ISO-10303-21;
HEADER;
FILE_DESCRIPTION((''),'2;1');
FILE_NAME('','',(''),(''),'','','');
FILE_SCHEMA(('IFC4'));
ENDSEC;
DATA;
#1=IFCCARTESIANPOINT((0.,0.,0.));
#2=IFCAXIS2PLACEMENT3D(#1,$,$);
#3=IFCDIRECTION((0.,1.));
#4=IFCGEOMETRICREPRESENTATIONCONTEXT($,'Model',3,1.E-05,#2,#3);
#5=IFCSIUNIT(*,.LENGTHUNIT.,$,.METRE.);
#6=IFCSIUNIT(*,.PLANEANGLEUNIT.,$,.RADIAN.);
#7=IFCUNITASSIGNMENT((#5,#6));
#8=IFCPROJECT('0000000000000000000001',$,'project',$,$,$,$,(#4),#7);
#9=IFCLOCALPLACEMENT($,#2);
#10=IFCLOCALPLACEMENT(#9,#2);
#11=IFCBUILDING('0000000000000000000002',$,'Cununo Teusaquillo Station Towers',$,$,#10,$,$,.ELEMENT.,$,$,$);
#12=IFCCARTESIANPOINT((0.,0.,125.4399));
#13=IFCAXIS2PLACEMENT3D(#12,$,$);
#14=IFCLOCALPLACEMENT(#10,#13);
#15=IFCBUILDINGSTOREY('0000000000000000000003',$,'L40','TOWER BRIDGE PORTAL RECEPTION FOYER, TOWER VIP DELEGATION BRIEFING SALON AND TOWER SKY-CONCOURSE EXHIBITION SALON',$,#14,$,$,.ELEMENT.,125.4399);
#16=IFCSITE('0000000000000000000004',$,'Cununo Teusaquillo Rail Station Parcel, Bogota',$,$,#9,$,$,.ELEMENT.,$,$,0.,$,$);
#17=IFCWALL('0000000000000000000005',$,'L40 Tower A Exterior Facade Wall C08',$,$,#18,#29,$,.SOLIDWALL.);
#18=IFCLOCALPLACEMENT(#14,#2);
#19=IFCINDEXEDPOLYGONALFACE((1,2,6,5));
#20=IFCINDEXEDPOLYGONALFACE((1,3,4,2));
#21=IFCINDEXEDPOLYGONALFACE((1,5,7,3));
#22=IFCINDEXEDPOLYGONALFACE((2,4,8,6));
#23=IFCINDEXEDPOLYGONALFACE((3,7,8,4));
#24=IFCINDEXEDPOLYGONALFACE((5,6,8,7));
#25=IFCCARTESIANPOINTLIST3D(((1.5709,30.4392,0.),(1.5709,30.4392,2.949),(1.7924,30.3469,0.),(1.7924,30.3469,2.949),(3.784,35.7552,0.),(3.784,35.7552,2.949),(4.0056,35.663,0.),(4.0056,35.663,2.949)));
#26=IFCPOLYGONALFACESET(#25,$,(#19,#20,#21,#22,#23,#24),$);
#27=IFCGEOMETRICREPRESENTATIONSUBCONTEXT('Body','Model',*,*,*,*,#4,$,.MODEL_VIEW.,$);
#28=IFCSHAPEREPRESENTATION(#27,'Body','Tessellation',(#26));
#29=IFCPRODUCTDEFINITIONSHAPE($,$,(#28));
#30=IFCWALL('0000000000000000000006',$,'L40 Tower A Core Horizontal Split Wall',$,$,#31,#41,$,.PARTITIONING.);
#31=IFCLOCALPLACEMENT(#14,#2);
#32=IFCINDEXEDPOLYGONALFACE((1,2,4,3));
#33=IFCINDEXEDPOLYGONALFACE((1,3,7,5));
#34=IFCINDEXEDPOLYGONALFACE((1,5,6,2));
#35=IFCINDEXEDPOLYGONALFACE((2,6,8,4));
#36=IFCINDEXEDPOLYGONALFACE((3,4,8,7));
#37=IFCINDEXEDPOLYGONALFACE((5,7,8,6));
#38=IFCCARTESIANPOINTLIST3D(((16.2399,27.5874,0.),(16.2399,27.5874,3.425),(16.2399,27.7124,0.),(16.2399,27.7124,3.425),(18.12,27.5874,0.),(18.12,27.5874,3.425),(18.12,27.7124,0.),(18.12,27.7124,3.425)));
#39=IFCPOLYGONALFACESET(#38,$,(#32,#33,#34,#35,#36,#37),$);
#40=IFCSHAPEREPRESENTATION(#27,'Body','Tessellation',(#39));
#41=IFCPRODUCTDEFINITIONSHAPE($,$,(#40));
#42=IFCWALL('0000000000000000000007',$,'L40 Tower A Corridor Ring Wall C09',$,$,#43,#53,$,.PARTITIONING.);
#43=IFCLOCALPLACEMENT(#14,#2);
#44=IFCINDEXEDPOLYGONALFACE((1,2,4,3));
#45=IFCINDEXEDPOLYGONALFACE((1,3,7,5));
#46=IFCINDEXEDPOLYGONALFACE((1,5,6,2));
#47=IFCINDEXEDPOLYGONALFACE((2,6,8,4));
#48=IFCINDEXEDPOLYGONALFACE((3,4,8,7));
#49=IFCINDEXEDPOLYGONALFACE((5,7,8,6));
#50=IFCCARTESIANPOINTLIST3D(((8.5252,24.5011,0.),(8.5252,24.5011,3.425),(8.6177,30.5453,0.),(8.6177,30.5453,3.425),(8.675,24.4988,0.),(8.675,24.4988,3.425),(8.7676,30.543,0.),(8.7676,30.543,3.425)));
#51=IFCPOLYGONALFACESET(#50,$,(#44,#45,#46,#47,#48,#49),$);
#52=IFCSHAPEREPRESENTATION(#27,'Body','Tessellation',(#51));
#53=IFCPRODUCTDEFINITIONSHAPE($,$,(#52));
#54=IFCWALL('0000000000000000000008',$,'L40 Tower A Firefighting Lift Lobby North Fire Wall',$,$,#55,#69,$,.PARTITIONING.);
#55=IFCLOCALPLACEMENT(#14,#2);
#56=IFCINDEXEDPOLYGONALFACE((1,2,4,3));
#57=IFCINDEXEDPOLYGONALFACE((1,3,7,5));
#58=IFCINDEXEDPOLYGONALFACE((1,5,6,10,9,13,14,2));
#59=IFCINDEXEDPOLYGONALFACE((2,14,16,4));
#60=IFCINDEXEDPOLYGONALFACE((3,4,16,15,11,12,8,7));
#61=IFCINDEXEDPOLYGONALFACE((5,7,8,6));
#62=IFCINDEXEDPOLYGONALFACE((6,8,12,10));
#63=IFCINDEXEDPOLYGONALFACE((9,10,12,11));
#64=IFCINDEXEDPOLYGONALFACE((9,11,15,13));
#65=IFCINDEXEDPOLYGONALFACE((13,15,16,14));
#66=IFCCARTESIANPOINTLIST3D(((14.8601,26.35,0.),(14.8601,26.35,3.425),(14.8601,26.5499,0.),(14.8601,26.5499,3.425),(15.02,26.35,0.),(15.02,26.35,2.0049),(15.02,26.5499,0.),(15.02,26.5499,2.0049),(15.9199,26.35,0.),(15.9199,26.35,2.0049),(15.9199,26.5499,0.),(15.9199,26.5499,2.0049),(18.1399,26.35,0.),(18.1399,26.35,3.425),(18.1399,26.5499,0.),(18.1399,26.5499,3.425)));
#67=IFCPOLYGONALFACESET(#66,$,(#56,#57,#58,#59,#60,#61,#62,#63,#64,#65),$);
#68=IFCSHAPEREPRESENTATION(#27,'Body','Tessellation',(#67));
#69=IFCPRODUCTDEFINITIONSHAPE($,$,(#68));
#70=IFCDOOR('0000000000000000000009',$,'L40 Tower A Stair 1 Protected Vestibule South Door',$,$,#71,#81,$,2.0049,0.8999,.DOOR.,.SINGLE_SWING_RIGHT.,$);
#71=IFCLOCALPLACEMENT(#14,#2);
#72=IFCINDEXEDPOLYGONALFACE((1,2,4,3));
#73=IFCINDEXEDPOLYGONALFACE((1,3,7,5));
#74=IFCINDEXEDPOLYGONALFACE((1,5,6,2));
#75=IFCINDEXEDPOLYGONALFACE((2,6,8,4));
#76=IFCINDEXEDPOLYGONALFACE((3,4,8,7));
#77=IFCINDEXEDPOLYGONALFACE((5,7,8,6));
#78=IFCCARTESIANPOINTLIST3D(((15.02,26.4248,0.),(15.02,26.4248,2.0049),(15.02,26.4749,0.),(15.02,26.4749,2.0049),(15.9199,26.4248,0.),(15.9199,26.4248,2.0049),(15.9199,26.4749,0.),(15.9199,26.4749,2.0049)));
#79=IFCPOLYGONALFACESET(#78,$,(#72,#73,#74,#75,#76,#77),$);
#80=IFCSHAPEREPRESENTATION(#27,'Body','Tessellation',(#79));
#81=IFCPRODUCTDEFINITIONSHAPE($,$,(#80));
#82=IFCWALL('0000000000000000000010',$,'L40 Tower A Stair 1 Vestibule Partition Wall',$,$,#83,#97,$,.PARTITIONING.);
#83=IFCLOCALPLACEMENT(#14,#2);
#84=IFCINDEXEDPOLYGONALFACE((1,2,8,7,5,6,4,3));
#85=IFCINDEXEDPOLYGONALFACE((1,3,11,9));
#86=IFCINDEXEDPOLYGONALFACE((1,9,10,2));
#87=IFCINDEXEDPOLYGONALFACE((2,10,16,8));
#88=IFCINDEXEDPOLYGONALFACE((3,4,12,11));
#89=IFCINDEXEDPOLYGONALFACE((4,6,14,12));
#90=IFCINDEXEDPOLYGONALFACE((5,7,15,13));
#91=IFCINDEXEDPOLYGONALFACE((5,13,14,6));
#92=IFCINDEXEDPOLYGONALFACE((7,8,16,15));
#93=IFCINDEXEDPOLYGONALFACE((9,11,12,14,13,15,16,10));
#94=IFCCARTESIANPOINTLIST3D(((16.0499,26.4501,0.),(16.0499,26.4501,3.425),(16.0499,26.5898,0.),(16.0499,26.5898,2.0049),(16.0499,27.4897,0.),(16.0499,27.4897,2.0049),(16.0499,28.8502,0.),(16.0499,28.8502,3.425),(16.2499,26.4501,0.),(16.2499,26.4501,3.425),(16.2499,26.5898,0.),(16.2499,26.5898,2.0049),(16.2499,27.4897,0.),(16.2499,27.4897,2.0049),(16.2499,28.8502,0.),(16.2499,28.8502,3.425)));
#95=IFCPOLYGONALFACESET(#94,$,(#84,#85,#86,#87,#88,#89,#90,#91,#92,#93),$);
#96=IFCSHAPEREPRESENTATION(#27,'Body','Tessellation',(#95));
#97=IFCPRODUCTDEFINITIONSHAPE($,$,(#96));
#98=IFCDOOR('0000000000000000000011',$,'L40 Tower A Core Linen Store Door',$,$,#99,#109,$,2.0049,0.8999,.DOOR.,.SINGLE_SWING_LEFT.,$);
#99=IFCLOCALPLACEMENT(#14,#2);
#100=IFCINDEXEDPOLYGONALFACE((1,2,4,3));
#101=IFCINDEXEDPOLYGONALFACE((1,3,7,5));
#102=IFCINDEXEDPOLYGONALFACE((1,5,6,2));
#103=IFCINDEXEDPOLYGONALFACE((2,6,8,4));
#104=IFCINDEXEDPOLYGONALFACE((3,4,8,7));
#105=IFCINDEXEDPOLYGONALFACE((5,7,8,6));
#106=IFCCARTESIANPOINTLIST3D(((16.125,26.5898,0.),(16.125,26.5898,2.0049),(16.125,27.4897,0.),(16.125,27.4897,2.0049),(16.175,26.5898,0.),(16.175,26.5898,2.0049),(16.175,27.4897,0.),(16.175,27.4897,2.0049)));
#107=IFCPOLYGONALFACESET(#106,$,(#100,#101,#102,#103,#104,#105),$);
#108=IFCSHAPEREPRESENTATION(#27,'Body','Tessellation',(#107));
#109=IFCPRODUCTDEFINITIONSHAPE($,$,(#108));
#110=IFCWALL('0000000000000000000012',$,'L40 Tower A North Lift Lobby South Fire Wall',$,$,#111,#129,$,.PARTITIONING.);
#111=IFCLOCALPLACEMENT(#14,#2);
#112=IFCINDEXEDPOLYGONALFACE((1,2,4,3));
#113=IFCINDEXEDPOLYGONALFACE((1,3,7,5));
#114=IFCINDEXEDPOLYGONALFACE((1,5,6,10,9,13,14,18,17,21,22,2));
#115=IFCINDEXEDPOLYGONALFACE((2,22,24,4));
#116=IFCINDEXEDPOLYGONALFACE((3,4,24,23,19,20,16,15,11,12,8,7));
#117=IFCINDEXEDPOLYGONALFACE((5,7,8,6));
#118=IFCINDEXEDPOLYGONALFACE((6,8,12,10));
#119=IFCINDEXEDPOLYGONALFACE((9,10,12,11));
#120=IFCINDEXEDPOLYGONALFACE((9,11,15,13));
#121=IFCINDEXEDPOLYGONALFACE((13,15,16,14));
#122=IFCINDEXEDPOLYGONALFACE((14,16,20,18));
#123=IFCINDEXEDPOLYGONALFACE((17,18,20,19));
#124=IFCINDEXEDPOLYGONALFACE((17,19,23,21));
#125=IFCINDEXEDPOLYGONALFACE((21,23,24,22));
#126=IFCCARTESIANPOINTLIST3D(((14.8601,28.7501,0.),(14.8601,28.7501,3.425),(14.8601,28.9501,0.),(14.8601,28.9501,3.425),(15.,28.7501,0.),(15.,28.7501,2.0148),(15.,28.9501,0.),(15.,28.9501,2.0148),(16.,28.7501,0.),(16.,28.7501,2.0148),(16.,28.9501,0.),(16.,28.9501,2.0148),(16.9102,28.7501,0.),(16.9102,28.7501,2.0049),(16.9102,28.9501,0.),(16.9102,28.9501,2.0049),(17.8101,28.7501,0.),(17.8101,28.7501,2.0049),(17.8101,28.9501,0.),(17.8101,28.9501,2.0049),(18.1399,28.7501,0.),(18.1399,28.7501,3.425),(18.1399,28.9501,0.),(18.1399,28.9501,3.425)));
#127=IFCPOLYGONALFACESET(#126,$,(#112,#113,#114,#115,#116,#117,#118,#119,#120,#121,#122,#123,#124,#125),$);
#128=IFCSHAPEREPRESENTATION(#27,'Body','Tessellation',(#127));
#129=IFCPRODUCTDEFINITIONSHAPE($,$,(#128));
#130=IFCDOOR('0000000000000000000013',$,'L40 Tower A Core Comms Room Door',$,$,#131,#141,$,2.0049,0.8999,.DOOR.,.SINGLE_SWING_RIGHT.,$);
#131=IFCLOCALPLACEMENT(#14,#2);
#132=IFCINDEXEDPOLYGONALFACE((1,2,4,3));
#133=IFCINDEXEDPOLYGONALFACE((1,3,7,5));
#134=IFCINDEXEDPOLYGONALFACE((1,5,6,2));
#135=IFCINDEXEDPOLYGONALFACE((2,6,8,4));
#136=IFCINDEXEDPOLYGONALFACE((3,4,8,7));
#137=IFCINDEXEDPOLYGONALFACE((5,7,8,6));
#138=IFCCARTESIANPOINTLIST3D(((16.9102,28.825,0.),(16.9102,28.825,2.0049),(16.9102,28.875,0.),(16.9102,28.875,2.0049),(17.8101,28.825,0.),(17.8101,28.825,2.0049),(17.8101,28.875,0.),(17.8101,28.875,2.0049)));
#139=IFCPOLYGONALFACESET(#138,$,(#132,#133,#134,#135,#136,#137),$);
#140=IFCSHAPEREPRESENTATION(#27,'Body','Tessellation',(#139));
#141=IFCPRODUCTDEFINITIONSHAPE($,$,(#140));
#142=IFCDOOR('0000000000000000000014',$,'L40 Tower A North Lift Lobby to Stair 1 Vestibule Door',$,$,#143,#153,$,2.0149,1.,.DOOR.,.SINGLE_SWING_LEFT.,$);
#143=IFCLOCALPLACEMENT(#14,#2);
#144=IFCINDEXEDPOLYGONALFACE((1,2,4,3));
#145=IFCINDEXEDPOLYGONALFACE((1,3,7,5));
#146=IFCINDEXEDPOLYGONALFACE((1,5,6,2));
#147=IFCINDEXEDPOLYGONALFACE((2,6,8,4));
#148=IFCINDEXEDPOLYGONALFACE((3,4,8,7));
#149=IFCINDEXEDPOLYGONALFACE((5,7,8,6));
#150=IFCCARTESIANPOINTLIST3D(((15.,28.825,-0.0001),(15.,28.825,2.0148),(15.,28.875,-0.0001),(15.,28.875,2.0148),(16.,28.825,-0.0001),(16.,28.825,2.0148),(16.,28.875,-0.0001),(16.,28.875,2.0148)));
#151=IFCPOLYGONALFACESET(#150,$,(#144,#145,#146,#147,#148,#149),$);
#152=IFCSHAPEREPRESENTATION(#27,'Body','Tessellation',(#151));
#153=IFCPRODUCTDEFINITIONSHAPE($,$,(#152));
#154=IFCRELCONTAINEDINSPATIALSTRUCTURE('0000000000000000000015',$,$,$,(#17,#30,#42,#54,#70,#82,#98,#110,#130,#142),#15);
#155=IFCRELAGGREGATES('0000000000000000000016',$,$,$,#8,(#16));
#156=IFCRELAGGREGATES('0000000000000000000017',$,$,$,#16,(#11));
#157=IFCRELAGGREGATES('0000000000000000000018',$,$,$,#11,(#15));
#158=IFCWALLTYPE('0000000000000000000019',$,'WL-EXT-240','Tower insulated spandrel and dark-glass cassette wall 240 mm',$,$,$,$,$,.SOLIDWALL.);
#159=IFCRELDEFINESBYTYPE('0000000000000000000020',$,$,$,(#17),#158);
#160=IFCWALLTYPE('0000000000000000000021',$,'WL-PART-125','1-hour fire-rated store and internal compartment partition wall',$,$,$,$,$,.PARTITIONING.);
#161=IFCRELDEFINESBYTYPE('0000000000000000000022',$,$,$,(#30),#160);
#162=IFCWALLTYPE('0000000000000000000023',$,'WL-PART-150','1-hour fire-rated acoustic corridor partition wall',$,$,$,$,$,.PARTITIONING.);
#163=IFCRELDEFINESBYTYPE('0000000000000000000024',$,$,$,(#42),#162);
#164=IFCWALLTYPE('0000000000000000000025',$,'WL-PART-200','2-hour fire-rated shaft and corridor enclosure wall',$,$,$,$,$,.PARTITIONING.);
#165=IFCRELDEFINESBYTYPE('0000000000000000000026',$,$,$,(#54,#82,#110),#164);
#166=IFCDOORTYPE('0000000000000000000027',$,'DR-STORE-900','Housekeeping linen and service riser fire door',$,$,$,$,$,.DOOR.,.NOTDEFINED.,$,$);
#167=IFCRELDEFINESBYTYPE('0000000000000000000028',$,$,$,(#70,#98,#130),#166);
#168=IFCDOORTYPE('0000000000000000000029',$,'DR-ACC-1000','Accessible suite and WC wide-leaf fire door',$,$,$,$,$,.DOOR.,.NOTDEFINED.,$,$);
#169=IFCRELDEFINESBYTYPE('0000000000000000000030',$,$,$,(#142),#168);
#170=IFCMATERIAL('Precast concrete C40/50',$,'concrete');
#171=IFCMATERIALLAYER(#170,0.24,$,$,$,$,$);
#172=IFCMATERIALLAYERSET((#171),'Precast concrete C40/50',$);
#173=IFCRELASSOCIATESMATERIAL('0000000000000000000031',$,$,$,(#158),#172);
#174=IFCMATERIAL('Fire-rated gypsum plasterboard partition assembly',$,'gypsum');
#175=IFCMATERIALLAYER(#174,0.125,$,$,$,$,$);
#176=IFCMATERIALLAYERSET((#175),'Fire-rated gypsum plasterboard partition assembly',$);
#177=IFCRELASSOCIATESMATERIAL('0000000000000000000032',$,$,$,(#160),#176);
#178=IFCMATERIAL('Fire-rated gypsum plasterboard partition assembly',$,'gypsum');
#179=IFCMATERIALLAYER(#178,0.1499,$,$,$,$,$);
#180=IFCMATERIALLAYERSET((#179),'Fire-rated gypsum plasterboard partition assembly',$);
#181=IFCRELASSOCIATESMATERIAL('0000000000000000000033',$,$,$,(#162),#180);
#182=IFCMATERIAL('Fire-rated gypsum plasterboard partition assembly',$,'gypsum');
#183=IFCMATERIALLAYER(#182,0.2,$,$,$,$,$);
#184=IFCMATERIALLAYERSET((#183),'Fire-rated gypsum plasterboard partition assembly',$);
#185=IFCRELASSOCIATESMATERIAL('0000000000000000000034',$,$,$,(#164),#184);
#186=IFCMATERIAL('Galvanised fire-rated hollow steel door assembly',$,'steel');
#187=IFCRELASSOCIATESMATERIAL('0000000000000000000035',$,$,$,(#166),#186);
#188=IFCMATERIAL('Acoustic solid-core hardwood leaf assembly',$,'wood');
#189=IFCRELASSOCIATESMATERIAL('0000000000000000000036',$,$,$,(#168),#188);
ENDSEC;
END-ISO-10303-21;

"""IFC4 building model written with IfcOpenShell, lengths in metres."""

from ifc_helpers import new_model, si_unit, direction, frame, frame_2d, origin, place, context, subcontext, project, spatial, rectangle, extrude, source, transform, mapped, material, layer, layer_set, type_object, element, fill, save


model = new_model("IFC4")

# Units and contexts
model_context = context("Model", 3, precision=1e-05, world=origin(), true_north=direction((0.0, 1.0)))
body_context = subcontext(model_context, "Body", "Model", "MODEL_VIEW")
ifc_project = project(units=[si_unit("LENGTHUNIT", "METRE"), si_unit("PLANEANGLEUNIT", "RADIAN")], contexts=[model_context])

# Site, building, storey
site_placement = place(None, origin())
site = spatial("IfcSite", under=ifc_project, at=site_placement, Name="Cununo Teusaquillo Rail Station Parcel, Bogota", CompositionType="ELEMENT", RefElevation=0.0)
building_placement = place(site_placement, origin())
building = spatial("IfcBuilding", under=site, at=building_placement, Name="Cununo Teusaquillo Station Towers", CompositionType="ELEMENT")
storey_placement = place(building_placement, frame((0.0, 0.0, 125.4399)))
storey = spatial("IfcBuildingStorey", under=building, at=storey_placement, Name="L40", Description="TOWER BRIDGE PORTAL RECEPTION FOYER, TOWER VIP DELEGATION BRIEFING SALON AND TOWER SKY-CONCOURSE EXHIBITION SALON", CompositionType="ELEMENT", Elevation=125.4399)

# Walls
ifc_material_1 = material(Name="Precast concrete C40/50", Category="concrete")
ifc_layer_1 = layer(ifc_material_1, 0.24)
ifc_layer_set_1 = layer_set([ifc_layer_1], Name="Precast concrete C40/50")
wall_type_1 = type_object("IfcWallType", Name="WL-EXT-240", Description="Tower insulated spandrel and dark-glass cassette wall 240 mm", PredefinedType="SOLIDWALL", material=ifc_layer_set_1)
wall_1_placement = place(storey_placement, frame((1.6816, 30.3931, 0.0), z_axis=(0.0, 0.0, 1.0), x_axis=(0.384344, 0.92319, 0.0)))
element("IfcWall", 1, at=wall_1_placement, inside=storey, type_object=wall_type_1, Name="L40 Tower A Exterior Facade Wall C08", PredefinedType="SOLIDWALL", context=body_context, shape_type="SweptSolid", body=[
    extrude(rectangle(XDim=5.7583, YDim=0.24, at=frame_2d((2.8792, 0.0))), origin(), (0.0, 0.0, 1.0), 2.949),
])
ifc_material_2 = material(Name="Fire-rated gypsum plasterboard partition assembly", Category="gypsum")
ifc_layer_2 = layer(ifc_material_2, 0.125)
ifc_layer_set_2 = layer_set([ifc_layer_2], Name="Fire-rated gypsum plasterboard partition assembly")
wall_type_2 = type_object("IfcWallType", Name="WL-PART-125", Description="1-hour fire-rated store and internal compartment partition wall", PredefinedType="PARTITIONING", material=ifc_layer_set_2)
wall_2_placement = place(storey_placement, frame((16.24, 27.6499, 0.0), z_axis=(0.0, 0.0, 1.0), x_axis=(1.0, 0.0, 0.0)))
element("IfcWall", 2, at=wall_2_placement, inside=storey, type_object=wall_type_2, Name="L40 Tower A Core Horizontal Split Wall", PredefinedType="PARTITIONING", context=body_context, shape_type="SweptSolid", body=[
    extrude(rectangle(XDim=1.8801, YDim=0.125, at=frame_2d((0.9399, 0.0))), origin(), (0.0, 0.0, 1.0), 3.425),
])
ifc_material_3 = material(Name="Fire-rated gypsum plasterboard partition assembly", Category="gypsum")
ifc_layer_3 = layer(ifc_material_3, 0.1499)
ifc_layer_set_3 = layer_set([ifc_layer_3], Name="Fire-rated gypsum plasterboard partition assembly")
wall_type_3 = type_object("IfcWallType", Name="WL-PART-150", Description="1-hour fire-rated acoustic corridor partition wall", PredefinedType="PARTITIONING", material=ifc_layer_set_3)
wall_3_placement = place(storey_placement, frame((8.6926, 30.5442, 0.0), z_axis=(0.0, 0.0, 1.0), x_axis=(-0.015307, -0.999883, 0.0)))
element("IfcWall", 3, at=wall_3_placement, inside=storey, type_object=wall_type_3, Name="L40 Tower A Corridor Ring Wall C09", PredefinedType="PARTITIONING", context=body_context, shape_type="SweptSolid", body=[
    extrude(rectangle(XDim=6.0449, YDim=0.1499, at=frame_2d((3.0225, 0.0))), origin(), (0.0, 0.0, 1.0), 3.425),
])

# Walls, openings, doors
ifc_material_4 = material(Name="Fire-rated gypsum plasterboard partition assembly", Category="gypsum")
ifc_layer_4 = layer(ifc_material_4, 0.2)
ifc_layer_set_4 = layer_set([ifc_layer_4], Name="Fire-rated gypsum plasterboard partition assembly")
wall_type_4 = type_object("IfcWallType", Name="WL-PART-200", Description="2-hour fire-rated shaft and corridor enclosure wall", PredefinedType="PARTITIONING", material=ifc_layer_set_4)
wall_4_placement = place(storey_placement, frame((14.8601, 26.45, 0.0), z_axis=(0.0, 0.0, 1.0), x_axis=(1.0, 0.0, 0.0)))
wall_4 = element("IfcWall", 4, at=wall_4_placement, inside=storey, type_object=wall_type_4, Name="L40 Tower A Firefighting Lift Lobby North Fire Wall", PredefinedType="PARTITIONING", context=body_context, shape_type="SweptSolid", body=[
    extrude(rectangle(XDim=3.2798, YDim=0.2, at=frame_2d((1.6399, 0.0))), origin(), (0.0, 0.0, 1.0), 3.425),
])
shared_shape_1 = source(origin(), body_context, "Body", "SweptSolid", [
    extrude(rectangle(XDim=0.8999, YDim=2.0049, at=frame_2d((0.45, 1.0024))), frame((0.0, 0.1099, 0.0), z_axis=(0.0, -1.0, 0.0), x_axis=(1.0, 0.0, 0.0)), (0.0, 0.0, 1.0), 0.22),
])
opening_1_placement = place(wall_4_placement, frame((0.1599, 0.0, 0.0)))
opening_1 = element("IfcOpeningElement", 5, at=opening_1_placement, cuts=wall_4, PredefinedType="OPENING", context=body_context, shape_type="MappedRepresentation", body=[
    mapped(shared_shape_1, transform((0.0, 0.0, 0.0), x_axis=(1.0, 0.0, 0.0), y_axis=(0.0, 1.0, 0.0), z_axis=(0.0, 0.0, 1.0), scale=1.0)),
])
ifc_material_5 = material(Name="Galvanised fire-rated hollow steel door assembly", Category="steel")
door_type_1 = type_object("IfcDoorType", Name="DR-STORE-900", Description="Housekeeping linen and service riser fire door", OperationType="NOTDEFINED", PredefinedType="DOOR", material=ifc_material_5)
shared_shape_2 = source(origin(), body_context, "Body", "SweptSolid", [
    extrude(rectangle(XDim=0.8999, YDim=2.0049, at=frame_2d((0.45, 1.0024))), frame((0.0, 0.0249, 0.0), z_axis=(0.0, -1.0, 0.0), x_axis=(1.0, 0.0, 0.0)), (0.0, 0.0, 1.0), 0.05),
])
door_1_placement = place(opening_1_placement, origin())
door_1 = element("IfcDoor", 6, at=door_1_placement, inside=storey, type_object=door_type_1, Name="L40 Tower A Stair 1 Protected Vestibule South Door", OperationType="SINGLE_SWING_RIGHT", OverallHeight=2.0049, OverallWidth=0.8999, PredefinedType="DOOR", context=body_context, shape_type="MappedRepresentation", body=[
    mapped(shared_shape_2, transform((0.0, 0.0, 0.0), x_axis=(1.0, 0.0, 0.0), y_axis=(0.0, 1.0, 0.0), z_axis=(0.0, 0.0, 1.0), scale=1.0)),
])
fill(opening_1, door_1)
wall_5_placement = place(storey_placement, frame((16.1499, 26.45, 0.0), z_axis=(0.0, 0.0, 1.0), x_axis=(0.0, 1.0, 0.0)))
wall_5 = element("IfcWall", 7, at=wall_5_placement, inside=storey, type_object=wall_type_4, Name="L40 Tower A Stair 1 Vestibule Partition Wall", PredefinedType="PARTITIONING", context=body_context, shape_type="SweptSolid", body=[
    extrude(rectangle(XDim=2.4001, YDim=0.2, at=frame_2d((1.2002, 0.0))), origin(), (0.0, 0.0, 1.0), 3.425),
])
opening_2_placement = place(wall_5_placement, frame((0.1399, 0.0, 0.0)))
opening_2 = element("IfcOpeningElement", 8, at=opening_2_placement, cuts=wall_5, PredefinedType="OPENING", context=body_context, shape_type="MappedRepresentation", body=[
    mapped(shared_shape_1, transform((0.0, 0.0, 0.0), x_axis=(1.0, 0.0, 0.0), y_axis=(0.0, 1.0, 0.0), z_axis=(0.0, 0.0, 1.0), scale=1.0)),
])
door_2_placement = place(opening_2_placement, origin())
door_2 = element("IfcDoor", 9, at=door_2_placement, inside=storey, type_object=door_type_1, Name="L40 Tower A Core Linen Store Door", OperationType="SINGLE_SWING_LEFT", OverallHeight=2.0049, OverallWidth=0.8999, PredefinedType="DOOR", context=body_context, shape_type="MappedRepresentation", body=[
    mapped(shared_shape_2, transform((0.0, 0.0, 0.0), x_axis=(1.0, 0.0, 0.0), y_axis=(0.0, 1.0, 0.0), z_axis=(0.0, 0.0, 1.0), scale=1.0)),
])
fill(opening_2, door_2)

# Wall, openings, doors
wall_6_placement = place(storey_placement, frame((14.8601, 28.8501, 0.0), z_axis=(0.0, 0.0, 1.0), x_axis=(1.0, 0.0, 0.0)))
wall_6 = element("IfcWall", 10, at=wall_6_placement, inside=storey, type_object=wall_type_4, Name="L40 Tower A North Lift Lobby South Fire Wall", PredefinedType="PARTITIONING", context=body_context, shape_type="SweptSolid", body=[
    extrude(rectangle(XDim=3.2798, YDim=0.2, at=frame_2d((1.6399, 0.0))), origin(), (0.0, 0.0, 1.0), 3.425),
])
shared_shape_3 = source(origin(), body_context, "Body", "SweptSolid", [
    extrude(rectangle(XDim=1.0, YDim=2.0149, at=frame_2d((0.5, 1.0073))), frame((0.0, 0.1099, 0.0), z_axis=(0.0, -1.0, 0.0), x_axis=(1.0, 0.0, 0.0)), (0.0, 0.0, 1.0), 0.22),
])
opening_3_placement = place(wall_6_placement, frame((0.1399, 0.0, 0.0)))
opening_3 = element("IfcOpeningElement", 11, at=opening_3_placement, cuts=wall_6, PredefinedType="OPENING", context=body_context, shape_type="MappedRepresentation", body=[
    mapped(shared_shape_3, transform((0.0, 0.0, 0.0), x_axis=(1.0, 0.0, 0.0), y_axis=(0.0, 1.0, 0.0), z_axis=(0.0, 0.0, 1.0), scale=1.0)),
])
opening_4_placement = place(wall_6_placement, frame((2.05, 0.0, 0.0)))
opening_4 = element("IfcOpeningElement", 12, at=opening_4_placement, cuts=wall_6, PredefinedType="OPENING", context=body_context, shape_type="MappedRepresentation", body=[
    mapped(shared_shape_1, transform((0.0, 0.0, 0.0), x_axis=(1.0, 0.0, 0.0), y_axis=(0.0, 1.0, 0.0), z_axis=(0.0, 0.0, 1.0), scale=1.0)),
])
door_3_placement = place(opening_4_placement, origin())
door_3 = element("IfcDoor", 13, at=door_3_placement, inside=storey, type_object=door_type_1, Name="L40 Tower A Core Comms Room Door", OperationType="SINGLE_SWING_RIGHT", OverallHeight=2.0049, OverallWidth=0.8999, PredefinedType="DOOR", context=body_context, shape_type="MappedRepresentation", body=[
    mapped(shared_shape_2, transform((0.0, 0.0, 0.0), x_axis=(1.0, 0.0, 0.0), y_axis=(0.0, 1.0, 0.0), z_axis=(0.0, 0.0, 1.0), scale=1.0)),
])
fill(opening_4, door_3)
ifc_material_6 = material(Name="Acoustic solid-core hardwood leaf assembly", Category="wood")
door_type_2 = type_object("IfcDoorType", Name="DR-ACC-1000", Description="Accessible suite and WC wide-leaf fire door", OperationType="NOTDEFINED", PredefinedType="DOOR", material=ifc_material_6)
shared_shape_4 = source(origin(), body_context, "Body", "SweptSolid", [
    extrude(rectangle(XDim=1.0, YDim=2.0149, at=frame_2d((0.5, 1.0073))), frame((0.0, 0.0249, 0.0), z_axis=(0.0, -1.0, 0.0), x_axis=(1.0, 0.0, 0.0)), (0.0, 0.0, 1.0), 0.05),
])
door_4_placement = place(opening_3_placement, origin())
door_4 = element("IfcDoor", 14, at=door_4_placement, inside=storey, type_object=door_type_2, Name="L40 Tower A North Lift Lobby to Stair 1 Vestibule Door", OperationType="SINGLE_SWING_LEFT", OverallHeight=2.0149, OverallWidth=1.0, PredefinedType="DOOR", context=body_context, shape_type="MappedRepresentation", body=[
    mapped(shared_shape_4, transform((0.0, 0.0, 0.0), x_axis=(1.0, 0.0, 0.0), y_axis=(0.0, 1.0, 0.0), z_axis=(0.0, 0.0, 1.0), scale=1.0)),
])
fill(opening_3, door_4)

save(model, "model.ifc")
